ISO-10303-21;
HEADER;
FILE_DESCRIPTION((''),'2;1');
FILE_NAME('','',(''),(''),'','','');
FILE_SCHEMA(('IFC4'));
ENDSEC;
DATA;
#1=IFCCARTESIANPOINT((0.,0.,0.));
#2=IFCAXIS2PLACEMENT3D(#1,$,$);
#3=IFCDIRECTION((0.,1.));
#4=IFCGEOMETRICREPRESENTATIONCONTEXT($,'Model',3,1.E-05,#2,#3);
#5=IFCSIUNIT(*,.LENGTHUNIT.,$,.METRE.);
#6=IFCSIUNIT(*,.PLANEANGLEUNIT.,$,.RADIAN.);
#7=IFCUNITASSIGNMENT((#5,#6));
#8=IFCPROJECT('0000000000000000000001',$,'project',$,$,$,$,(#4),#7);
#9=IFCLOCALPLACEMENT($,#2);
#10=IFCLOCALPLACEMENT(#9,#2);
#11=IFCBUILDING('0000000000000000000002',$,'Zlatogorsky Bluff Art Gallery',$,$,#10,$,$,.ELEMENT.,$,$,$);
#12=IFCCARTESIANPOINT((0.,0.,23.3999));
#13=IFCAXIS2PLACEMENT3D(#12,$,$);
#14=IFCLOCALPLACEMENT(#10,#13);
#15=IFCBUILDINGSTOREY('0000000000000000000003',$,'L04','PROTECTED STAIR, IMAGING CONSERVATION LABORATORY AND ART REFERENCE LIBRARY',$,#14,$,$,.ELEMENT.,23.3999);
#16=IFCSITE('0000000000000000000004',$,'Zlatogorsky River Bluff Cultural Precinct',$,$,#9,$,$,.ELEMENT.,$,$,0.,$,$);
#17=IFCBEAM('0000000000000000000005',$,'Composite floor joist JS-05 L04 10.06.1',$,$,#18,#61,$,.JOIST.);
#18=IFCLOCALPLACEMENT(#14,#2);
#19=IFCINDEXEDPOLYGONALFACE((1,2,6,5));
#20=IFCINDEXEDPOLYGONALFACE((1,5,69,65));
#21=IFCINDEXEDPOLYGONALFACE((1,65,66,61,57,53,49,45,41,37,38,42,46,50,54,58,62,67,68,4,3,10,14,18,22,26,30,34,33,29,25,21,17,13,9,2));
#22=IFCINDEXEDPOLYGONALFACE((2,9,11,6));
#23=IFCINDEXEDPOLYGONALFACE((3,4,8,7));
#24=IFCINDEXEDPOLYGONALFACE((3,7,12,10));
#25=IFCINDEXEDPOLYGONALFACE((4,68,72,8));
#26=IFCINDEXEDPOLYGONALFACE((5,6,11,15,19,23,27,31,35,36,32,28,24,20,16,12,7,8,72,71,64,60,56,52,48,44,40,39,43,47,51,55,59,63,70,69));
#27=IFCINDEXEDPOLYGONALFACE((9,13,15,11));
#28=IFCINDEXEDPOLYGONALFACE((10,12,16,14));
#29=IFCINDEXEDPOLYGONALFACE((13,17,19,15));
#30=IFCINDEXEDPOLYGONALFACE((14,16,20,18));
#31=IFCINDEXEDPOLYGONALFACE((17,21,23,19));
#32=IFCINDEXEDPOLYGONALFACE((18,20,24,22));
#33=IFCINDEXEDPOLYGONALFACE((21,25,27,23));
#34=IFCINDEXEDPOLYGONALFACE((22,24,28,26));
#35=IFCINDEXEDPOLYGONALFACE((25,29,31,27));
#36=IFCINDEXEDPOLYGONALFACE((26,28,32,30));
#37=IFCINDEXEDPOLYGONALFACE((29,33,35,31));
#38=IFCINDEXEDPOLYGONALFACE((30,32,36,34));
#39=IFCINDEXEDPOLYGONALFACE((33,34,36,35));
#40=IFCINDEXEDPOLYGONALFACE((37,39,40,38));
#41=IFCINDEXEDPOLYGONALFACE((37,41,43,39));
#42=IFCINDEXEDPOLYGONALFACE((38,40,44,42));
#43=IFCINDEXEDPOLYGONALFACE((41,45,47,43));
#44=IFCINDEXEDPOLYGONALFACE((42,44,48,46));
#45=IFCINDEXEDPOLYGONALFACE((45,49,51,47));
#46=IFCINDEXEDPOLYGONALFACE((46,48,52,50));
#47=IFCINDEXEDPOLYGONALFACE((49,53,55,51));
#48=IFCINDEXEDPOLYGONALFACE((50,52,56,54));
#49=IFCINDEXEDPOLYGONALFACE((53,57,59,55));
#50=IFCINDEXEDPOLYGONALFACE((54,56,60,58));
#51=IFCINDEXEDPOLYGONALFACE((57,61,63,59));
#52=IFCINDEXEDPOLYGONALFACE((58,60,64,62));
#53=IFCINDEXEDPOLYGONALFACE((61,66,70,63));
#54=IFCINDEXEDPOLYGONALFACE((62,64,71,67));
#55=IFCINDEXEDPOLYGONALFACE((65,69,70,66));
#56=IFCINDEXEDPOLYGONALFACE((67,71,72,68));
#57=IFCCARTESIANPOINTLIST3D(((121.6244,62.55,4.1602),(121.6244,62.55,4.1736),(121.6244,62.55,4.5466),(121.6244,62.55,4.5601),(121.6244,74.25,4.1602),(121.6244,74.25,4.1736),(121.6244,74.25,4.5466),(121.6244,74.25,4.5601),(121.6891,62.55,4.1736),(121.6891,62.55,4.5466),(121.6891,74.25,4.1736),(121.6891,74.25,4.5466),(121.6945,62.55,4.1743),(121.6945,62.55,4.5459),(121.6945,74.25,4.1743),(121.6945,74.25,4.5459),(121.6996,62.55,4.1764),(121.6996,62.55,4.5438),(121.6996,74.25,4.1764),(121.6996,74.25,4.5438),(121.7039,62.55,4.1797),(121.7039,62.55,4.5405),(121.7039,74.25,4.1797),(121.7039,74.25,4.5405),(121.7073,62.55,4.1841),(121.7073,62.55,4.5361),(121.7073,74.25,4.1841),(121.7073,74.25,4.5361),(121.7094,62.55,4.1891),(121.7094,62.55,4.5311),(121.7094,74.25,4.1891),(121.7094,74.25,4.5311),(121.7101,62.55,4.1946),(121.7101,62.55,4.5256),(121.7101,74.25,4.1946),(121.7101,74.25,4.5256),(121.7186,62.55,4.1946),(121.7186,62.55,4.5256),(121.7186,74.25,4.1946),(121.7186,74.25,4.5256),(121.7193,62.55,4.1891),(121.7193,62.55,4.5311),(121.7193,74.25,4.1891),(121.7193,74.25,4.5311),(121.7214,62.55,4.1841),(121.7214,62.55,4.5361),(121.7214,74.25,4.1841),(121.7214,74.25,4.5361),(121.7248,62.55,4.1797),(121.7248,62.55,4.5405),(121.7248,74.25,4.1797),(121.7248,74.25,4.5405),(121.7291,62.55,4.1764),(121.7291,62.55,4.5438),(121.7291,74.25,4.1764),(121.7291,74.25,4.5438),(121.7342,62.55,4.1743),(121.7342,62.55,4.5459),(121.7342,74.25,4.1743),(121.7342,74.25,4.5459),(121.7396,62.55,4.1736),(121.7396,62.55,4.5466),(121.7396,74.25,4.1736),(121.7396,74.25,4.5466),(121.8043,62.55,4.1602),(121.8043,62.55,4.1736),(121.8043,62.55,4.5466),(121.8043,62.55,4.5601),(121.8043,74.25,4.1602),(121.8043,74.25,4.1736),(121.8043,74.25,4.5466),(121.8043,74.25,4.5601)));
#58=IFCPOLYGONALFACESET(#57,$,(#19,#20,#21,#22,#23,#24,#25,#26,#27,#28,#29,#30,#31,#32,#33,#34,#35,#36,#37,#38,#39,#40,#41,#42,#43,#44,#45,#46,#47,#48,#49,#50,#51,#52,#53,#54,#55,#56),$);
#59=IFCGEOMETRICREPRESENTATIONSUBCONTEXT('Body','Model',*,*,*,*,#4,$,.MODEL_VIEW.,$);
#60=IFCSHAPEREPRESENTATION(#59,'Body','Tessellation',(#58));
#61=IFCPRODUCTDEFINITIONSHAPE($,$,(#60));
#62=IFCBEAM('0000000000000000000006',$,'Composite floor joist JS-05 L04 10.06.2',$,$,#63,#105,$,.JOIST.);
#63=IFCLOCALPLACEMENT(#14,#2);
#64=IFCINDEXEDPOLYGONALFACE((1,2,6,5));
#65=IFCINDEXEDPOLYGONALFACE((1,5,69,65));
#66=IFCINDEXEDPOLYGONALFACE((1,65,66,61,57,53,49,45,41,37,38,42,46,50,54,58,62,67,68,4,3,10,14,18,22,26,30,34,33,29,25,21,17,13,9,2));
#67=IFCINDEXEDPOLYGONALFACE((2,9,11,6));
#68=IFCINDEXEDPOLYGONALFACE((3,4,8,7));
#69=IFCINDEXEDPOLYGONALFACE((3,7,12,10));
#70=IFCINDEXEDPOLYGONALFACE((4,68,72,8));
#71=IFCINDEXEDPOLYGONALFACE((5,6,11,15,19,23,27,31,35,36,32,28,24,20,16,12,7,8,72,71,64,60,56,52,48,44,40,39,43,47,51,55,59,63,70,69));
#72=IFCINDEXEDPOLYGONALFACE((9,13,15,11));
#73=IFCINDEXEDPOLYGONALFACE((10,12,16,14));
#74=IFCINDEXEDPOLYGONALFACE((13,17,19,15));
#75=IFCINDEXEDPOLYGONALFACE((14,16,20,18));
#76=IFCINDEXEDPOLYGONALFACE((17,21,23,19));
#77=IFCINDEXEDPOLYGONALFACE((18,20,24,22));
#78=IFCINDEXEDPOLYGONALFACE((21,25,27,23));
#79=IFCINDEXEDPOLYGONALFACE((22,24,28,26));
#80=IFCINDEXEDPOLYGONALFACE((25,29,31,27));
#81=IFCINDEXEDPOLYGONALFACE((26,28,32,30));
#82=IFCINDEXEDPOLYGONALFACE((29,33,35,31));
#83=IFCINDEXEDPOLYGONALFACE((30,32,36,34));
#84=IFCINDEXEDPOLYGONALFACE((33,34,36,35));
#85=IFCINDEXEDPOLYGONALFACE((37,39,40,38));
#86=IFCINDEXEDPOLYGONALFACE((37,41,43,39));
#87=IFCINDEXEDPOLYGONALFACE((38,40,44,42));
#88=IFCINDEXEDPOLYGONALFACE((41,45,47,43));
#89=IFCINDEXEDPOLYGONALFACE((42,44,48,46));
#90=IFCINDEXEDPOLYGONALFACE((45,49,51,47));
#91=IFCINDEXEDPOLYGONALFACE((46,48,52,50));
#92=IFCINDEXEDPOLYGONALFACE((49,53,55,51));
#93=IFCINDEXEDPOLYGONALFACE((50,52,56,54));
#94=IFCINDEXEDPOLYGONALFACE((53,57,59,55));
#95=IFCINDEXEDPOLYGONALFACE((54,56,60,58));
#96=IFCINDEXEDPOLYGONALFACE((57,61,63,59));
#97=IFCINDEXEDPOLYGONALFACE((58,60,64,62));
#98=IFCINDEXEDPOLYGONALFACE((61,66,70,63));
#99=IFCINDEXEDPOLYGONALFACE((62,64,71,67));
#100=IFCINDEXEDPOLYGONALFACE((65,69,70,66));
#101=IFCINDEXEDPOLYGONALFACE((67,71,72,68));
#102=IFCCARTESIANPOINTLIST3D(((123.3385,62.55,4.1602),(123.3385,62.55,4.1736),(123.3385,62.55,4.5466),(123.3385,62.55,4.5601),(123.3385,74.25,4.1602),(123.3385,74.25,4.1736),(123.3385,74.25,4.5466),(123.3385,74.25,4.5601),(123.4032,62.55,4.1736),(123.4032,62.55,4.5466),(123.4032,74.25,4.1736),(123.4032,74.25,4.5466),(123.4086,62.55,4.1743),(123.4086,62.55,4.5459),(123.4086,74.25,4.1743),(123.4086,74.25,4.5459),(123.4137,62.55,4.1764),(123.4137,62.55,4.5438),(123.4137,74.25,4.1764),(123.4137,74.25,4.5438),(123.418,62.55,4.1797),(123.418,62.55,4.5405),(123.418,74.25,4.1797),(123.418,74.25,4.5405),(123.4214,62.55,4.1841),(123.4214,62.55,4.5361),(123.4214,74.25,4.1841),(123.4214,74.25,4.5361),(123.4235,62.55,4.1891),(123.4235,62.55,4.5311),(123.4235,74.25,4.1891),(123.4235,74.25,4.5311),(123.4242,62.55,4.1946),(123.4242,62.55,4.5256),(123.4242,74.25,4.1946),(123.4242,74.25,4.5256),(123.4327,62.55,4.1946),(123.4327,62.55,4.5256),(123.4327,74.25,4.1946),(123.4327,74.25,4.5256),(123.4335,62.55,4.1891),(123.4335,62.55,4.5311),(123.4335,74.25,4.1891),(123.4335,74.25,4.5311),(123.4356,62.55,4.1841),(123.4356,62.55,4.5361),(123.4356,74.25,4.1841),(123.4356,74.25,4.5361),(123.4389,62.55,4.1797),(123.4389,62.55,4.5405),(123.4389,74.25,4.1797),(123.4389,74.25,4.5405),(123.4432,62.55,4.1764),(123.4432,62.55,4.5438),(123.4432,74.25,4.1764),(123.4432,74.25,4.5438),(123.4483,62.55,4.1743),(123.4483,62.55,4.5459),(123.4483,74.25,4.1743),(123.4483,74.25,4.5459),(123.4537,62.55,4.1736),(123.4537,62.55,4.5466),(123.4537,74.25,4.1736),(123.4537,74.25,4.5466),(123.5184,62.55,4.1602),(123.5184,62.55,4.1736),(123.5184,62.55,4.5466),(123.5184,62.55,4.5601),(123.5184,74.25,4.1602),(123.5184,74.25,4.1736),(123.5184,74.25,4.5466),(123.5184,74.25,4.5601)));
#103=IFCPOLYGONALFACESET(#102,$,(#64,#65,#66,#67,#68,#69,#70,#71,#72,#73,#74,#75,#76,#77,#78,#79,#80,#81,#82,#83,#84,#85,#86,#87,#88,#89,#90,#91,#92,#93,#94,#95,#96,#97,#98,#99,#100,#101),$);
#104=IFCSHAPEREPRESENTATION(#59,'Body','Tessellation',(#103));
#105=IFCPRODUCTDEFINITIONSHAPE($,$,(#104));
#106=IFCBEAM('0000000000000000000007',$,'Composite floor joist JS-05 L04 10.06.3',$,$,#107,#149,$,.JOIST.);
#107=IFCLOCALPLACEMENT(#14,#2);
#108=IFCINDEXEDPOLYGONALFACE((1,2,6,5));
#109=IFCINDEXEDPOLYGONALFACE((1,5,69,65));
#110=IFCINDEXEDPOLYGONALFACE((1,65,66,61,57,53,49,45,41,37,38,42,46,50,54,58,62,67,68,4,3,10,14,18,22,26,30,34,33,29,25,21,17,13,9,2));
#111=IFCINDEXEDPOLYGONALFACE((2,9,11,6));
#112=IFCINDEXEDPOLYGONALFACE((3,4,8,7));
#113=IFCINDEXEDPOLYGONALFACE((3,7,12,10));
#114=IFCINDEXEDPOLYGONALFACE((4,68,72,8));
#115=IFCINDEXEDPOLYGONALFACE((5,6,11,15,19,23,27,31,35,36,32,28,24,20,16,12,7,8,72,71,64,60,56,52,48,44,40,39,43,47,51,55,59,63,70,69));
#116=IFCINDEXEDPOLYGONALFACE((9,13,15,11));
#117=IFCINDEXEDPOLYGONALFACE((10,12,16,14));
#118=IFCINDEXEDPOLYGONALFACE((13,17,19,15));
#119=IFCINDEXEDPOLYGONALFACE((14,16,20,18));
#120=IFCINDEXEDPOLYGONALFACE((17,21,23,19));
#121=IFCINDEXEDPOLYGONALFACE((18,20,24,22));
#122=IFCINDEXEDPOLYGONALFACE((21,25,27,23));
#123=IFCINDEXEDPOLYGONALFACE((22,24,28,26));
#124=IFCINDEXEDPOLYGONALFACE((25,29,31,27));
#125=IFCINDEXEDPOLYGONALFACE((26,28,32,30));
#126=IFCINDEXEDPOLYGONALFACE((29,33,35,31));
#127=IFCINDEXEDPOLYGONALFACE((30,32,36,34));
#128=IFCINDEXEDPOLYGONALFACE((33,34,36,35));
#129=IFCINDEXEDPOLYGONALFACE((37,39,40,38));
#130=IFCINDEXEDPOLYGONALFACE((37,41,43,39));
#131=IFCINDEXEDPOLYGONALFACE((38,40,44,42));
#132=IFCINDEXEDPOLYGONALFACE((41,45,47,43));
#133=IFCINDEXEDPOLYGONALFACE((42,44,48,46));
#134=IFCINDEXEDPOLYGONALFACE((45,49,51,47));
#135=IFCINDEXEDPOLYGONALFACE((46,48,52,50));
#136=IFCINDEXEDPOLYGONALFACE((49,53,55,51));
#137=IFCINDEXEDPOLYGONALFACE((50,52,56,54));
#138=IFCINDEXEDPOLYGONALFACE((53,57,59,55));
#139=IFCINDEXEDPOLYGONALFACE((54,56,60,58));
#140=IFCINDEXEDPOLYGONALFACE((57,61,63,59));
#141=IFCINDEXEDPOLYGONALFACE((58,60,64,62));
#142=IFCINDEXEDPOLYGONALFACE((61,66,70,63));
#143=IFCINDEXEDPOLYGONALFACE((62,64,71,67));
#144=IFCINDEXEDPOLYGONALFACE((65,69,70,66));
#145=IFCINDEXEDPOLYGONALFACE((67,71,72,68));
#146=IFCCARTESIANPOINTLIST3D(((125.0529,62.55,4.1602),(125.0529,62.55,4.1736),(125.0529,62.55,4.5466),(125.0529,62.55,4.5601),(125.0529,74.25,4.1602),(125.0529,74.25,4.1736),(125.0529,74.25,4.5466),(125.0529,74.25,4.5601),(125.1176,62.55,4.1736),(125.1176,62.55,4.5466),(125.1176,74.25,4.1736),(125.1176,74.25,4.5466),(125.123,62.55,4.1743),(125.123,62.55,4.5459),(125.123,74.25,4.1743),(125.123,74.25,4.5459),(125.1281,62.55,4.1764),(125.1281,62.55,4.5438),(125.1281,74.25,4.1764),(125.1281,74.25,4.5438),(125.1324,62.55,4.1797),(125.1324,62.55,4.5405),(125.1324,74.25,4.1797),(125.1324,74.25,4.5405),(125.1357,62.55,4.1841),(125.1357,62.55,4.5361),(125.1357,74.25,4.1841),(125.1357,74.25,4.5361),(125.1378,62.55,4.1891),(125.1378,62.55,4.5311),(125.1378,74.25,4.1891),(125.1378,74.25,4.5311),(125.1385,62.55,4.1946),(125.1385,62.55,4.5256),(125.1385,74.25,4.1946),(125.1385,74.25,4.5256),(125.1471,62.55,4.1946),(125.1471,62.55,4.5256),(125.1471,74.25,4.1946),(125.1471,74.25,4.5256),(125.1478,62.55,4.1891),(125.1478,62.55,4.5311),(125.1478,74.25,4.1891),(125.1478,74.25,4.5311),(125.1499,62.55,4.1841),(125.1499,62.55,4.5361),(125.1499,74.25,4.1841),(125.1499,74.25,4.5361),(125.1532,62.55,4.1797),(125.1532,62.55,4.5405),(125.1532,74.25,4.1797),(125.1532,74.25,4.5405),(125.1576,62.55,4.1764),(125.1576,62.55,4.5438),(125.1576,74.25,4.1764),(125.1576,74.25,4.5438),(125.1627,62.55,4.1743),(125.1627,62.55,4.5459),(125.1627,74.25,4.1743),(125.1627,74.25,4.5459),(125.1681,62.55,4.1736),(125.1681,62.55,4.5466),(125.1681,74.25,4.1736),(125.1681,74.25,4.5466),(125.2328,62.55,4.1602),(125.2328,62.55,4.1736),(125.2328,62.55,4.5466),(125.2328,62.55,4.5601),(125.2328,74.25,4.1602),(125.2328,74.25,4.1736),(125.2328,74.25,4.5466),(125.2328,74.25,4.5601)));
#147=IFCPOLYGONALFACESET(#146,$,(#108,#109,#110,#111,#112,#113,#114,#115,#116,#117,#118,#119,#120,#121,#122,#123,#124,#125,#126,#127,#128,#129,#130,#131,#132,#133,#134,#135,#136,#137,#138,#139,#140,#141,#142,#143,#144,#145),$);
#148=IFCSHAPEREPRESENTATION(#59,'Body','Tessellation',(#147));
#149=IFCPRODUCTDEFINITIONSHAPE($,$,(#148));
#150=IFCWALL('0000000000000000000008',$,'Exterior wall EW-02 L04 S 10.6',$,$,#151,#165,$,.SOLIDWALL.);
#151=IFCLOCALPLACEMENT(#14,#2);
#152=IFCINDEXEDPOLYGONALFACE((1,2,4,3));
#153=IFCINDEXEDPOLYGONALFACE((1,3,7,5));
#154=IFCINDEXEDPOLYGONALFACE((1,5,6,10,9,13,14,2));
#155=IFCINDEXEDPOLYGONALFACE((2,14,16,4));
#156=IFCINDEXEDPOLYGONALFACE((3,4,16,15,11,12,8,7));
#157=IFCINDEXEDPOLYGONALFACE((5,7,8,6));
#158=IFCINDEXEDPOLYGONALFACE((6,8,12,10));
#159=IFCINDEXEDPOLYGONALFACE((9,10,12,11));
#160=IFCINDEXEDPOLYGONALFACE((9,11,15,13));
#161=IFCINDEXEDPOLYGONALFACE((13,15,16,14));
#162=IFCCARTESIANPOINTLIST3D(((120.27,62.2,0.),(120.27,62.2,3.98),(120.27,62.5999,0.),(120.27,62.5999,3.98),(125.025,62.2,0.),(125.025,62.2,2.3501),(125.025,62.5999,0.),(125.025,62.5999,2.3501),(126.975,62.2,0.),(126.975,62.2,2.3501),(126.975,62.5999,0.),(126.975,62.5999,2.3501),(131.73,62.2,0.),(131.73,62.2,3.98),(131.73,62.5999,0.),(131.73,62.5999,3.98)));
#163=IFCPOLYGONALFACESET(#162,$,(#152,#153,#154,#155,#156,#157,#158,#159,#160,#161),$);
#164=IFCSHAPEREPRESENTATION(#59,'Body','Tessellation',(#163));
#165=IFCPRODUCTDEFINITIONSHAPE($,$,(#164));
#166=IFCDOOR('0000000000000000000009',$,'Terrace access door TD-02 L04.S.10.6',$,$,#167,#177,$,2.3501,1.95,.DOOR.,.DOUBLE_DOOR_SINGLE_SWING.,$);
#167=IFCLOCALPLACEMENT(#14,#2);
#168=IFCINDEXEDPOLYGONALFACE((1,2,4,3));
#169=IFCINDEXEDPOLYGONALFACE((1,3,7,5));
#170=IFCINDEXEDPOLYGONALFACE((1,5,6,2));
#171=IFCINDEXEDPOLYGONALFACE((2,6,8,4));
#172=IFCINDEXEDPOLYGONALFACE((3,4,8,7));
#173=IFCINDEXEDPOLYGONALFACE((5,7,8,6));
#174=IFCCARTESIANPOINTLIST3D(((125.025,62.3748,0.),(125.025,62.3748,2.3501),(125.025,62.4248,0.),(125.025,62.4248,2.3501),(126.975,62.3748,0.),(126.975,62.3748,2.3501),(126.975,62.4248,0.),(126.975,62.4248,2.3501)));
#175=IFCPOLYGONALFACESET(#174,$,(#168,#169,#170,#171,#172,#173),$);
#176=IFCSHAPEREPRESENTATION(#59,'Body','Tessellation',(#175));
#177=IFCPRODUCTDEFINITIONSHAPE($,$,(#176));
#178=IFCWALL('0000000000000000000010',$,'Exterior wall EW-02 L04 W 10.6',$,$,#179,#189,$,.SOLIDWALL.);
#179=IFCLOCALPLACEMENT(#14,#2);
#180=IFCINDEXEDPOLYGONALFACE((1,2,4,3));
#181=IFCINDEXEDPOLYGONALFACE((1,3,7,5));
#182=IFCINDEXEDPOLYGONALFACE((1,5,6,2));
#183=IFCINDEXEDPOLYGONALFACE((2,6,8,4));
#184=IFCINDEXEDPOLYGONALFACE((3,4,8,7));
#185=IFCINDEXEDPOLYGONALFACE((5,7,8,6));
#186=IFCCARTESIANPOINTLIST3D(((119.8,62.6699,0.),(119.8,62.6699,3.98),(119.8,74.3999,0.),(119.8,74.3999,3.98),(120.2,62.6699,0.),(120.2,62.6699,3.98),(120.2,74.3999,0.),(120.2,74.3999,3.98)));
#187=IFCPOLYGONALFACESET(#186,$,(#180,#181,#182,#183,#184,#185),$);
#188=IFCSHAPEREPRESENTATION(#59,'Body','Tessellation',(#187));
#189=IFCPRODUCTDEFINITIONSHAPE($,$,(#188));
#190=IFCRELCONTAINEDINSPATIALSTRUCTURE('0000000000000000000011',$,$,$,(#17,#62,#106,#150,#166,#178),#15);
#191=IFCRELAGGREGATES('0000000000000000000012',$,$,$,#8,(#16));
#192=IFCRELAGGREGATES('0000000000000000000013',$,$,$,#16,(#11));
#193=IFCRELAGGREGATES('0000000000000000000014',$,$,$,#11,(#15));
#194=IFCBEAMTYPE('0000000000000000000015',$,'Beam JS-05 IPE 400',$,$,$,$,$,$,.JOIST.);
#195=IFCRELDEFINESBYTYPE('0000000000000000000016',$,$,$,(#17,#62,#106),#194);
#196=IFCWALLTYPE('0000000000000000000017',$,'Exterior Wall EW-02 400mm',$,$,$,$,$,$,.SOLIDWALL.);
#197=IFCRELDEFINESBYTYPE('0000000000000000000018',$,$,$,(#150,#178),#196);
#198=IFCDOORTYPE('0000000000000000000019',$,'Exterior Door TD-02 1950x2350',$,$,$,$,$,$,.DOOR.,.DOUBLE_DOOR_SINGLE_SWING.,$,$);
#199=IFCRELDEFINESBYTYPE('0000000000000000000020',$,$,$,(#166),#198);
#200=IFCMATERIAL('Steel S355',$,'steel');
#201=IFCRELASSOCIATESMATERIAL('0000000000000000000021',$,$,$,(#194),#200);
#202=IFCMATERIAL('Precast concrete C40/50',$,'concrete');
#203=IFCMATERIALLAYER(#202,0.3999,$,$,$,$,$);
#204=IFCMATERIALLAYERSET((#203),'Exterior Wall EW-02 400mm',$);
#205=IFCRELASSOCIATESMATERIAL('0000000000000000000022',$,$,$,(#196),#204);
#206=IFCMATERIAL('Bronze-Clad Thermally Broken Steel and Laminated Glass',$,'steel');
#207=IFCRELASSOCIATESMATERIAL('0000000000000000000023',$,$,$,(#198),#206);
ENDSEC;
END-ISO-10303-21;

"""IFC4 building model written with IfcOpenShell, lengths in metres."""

from ifc_helpers import new_model, si_unit, direction, frame, frame_2d, origin, origin_2d, place, context, subcontext, project, spatial, rectangle, i_section, extrude, material, layer, layer_set, material_profile, profile_set, type_object, element, fill, save


model = new_model("IFC4")

# Units and contexts
model_context = context("Model", 3, precision=1e-05, world=origin(), true_north=direction((0.0, 1.0)))
body_context = subcontext(model_context, "Body", "Model", "MODEL_VIEW")
ifc_project = project(units=[si_unit("LENGTHUNIT", "METRE"), si_unit("PLANEANGLEUNIT", "RADIAN")], contexts=[model_context])

# Site, building, storey
site_placement = place(None, origin())
site = spatial("IfcSite", under=ifc_project, at=site_placement, Name="Zlatogorsky River Bluff Cultural Precinct", CompositionType="ELEMENT", RefElevation=0.0)
building_placement = place(site_placement, origin())
building = spatial("IfcBuilding", under=site, at=building_placement, Name="Zlatogorsky Bluff Art Gallery", CompositionType="ELEMENT")
storey_placement = place(building_placement, frame((0.0, 0.0, 23.3999)))
storey = spatial("IfcBuildingStorey", under=building, at=storey_placement, Name="L04", Description="PROTECTED STAIR, IMAGING CONSERVATION LABORATORY AND ART REFERENCE LIBRARY", CompositionType="ELEMENT", Elevation=23.3999)

# Shared definitions
ifc_material_1 = material(Name="Steel S355", Category="steel")

# Beams
ifc_material_profile_1 = material_profile(ifc_material_1, i_section(OverallWidth=0.1799, OverallDepth=0.3999, WebThickness=0.0085, FlangeThickness=0.0134, FilletRadius=0.021, at=origin_2d()), Name="IPE 400")
ifc_profile_set_1 = profile_set([ifc_material_profile_1], Name="Steel S355")
beam_type_1 = type_object("IfcBeamType", Name="Beam JS-05 IPE 400", PredefinedType="JOIST", material=ifc_profile_set_1)
for number, where, z_axis, x_axis, name in (
    (1, (121.7144, 62.55, 4.3601), (0.0, 1.0, 0.0), (-1.0, 0.0, 0.0), "Composite floor joist JS-05 L04 10.06.1"),
    (2, (123.4285, 62.55, 4.3601), (0.0, 1.0, 0.0), (-1.0, 0.0, 0.0), "Composite floor joist JS-05 L04 10.06.2"),
    (3, (125.1428, 62.55, 4.3601), (0.0, 1.0, 0.0), (-1.0, 0.0, 0.0), "Composite floor joist JS-05 L04 10.06.3"),
):
    element("IfcBeam", number, at=place(storey_placement, frame(where, z_axis=z_axis, x_axis=x_axis)), inside=storey, type_object=beam_type_1, Name=name, PredefinedType="JOIST", context=body_context, shape_type="SweptSolid", body=[
        extrude(i_section(OverallWidth=0.1799, OverallDepth=0.3999, WebThickness=0.0085, FlangeThickness=0.0134, FilletRadius=0.021, at=origin_2d()), origin(), (0.0, 0.0, 1.0), 11.7),
    ])

# Wall, opening, door
ifc_material_2 = material(Name="Precast concrete C40/50", Category="concrete")
ifc_layer_1 = layer(ifc_material_2, 0.3999)
ifc_layer_set_1 = layer_set([ifc_layer_1], Name="Exterior Wall EW-02 400mm")
wall_type_1 = type_object("IfcWallType", Name="Exterior Wall EW-02 400mm", PredefinedType="SOLIDWALL", material=ifc_layer_set_1)
wall_1_placement = place(storey_placement, frame((120.27, 62.3999, 0.0), z_axis=(0.0, 0.0, 1.0), x_axis=(1.0, 0.0, 0.0)))
wall_1 = element("IfcWall", 4, at=wall_1_placement, inside=storey, type_object=wall_type_1, Name="Exterior wall EW-02 L04 S 10.6", PredefinedType="SOLIDWALL", context=body_context, shape_type="SweptSolid", body=[
    extrude(rectangle(XDim=11.46, YDim=0.3999, at=frame_2d((5.73, 0.0))), origin(), (0.0, 0.0, 1.0), 3.98),
])
opening_1_placement = place(wall_1_placement, frame((4.7549, 0.0, 0.0)))
opening_1 = element("IfcOpeningElement", 5, at=opening_1_placement, cuts=wall_1, PredefinedType="OPENING", context=body_context, shape_type="SweptSolid", body=[
    extrude(rectangle(XDim=1.95, YDim=2.3501, at=frame_2d((0.9751, 1.175))), frame((0.0, 0.21, 0.0), z_axis=(0.0, -1.0, 0.0), x_axis=(1.0, 0.0, 0.0)), (0.0, 0.0, 1.0), 0.4199),
])
ifc_material_3 = material(Name="Bronze-Clad Thermally Broken Steel and Laminated Glass", Category="steel")
door_type_1 = type_object("IfcDoorType", Name="Exterior Door TD-02 1950x2350", OperationType="DOUBLE_DOOR_SINGLE_SWING", PredefinedType="DOOR", material=ifc_material_3)
door_1_placement = place(opening_1_placement, origin())
door_1 = element("IfcDoor", 6, at=door_1_placement, inside=storey, type_object=door_type_1, Name="Terrace access door TD-02 L04.S.10.6", OperationType="DOUBLE_DOOR_SINGLE_SWING", OverallHeight=2.3501, OverallWidth=1.95, PredefinedType="DOOR", context=body_context, shape_type="SweptSolid", body=[
    extrude(rectangle(XDim=1.95, YDim=2.3501, at=frame_2d((0.9751, 1.175))), frame((0.0, 0.0249, 0.0), z_axis=(0.0, -1.0, 0.0), x_axis=(1.0, 0.0, 0.0)), (0.0, 0.0, 1.0), 0.05),
])
fill(opening_1, door_1)

# Wall
wall_2_placement = place(storey_placement, frame((120.0, 74.3999, 0.0), z_axis=(0.0, 0.0, 1.0), x_axis=(0.0, -1.0, 0.0)))
element("IfcWall", 7, at=wall_2_placement, inside=storey, type_object=wall_type_1, Name="Exterior wall EW-02 L04 W 10.6", PredefinedType="SOLIDWALL", context=body_context, shape_type="SweptSolid", body=[
    extrude(rectangle(XDim=11.73, YDim=0.3999, at=frame_2d((5.865, 0.0))), origin(), (0.0, 0.0, 1.0), 3.98),
])

save(model, "model.ifc")
